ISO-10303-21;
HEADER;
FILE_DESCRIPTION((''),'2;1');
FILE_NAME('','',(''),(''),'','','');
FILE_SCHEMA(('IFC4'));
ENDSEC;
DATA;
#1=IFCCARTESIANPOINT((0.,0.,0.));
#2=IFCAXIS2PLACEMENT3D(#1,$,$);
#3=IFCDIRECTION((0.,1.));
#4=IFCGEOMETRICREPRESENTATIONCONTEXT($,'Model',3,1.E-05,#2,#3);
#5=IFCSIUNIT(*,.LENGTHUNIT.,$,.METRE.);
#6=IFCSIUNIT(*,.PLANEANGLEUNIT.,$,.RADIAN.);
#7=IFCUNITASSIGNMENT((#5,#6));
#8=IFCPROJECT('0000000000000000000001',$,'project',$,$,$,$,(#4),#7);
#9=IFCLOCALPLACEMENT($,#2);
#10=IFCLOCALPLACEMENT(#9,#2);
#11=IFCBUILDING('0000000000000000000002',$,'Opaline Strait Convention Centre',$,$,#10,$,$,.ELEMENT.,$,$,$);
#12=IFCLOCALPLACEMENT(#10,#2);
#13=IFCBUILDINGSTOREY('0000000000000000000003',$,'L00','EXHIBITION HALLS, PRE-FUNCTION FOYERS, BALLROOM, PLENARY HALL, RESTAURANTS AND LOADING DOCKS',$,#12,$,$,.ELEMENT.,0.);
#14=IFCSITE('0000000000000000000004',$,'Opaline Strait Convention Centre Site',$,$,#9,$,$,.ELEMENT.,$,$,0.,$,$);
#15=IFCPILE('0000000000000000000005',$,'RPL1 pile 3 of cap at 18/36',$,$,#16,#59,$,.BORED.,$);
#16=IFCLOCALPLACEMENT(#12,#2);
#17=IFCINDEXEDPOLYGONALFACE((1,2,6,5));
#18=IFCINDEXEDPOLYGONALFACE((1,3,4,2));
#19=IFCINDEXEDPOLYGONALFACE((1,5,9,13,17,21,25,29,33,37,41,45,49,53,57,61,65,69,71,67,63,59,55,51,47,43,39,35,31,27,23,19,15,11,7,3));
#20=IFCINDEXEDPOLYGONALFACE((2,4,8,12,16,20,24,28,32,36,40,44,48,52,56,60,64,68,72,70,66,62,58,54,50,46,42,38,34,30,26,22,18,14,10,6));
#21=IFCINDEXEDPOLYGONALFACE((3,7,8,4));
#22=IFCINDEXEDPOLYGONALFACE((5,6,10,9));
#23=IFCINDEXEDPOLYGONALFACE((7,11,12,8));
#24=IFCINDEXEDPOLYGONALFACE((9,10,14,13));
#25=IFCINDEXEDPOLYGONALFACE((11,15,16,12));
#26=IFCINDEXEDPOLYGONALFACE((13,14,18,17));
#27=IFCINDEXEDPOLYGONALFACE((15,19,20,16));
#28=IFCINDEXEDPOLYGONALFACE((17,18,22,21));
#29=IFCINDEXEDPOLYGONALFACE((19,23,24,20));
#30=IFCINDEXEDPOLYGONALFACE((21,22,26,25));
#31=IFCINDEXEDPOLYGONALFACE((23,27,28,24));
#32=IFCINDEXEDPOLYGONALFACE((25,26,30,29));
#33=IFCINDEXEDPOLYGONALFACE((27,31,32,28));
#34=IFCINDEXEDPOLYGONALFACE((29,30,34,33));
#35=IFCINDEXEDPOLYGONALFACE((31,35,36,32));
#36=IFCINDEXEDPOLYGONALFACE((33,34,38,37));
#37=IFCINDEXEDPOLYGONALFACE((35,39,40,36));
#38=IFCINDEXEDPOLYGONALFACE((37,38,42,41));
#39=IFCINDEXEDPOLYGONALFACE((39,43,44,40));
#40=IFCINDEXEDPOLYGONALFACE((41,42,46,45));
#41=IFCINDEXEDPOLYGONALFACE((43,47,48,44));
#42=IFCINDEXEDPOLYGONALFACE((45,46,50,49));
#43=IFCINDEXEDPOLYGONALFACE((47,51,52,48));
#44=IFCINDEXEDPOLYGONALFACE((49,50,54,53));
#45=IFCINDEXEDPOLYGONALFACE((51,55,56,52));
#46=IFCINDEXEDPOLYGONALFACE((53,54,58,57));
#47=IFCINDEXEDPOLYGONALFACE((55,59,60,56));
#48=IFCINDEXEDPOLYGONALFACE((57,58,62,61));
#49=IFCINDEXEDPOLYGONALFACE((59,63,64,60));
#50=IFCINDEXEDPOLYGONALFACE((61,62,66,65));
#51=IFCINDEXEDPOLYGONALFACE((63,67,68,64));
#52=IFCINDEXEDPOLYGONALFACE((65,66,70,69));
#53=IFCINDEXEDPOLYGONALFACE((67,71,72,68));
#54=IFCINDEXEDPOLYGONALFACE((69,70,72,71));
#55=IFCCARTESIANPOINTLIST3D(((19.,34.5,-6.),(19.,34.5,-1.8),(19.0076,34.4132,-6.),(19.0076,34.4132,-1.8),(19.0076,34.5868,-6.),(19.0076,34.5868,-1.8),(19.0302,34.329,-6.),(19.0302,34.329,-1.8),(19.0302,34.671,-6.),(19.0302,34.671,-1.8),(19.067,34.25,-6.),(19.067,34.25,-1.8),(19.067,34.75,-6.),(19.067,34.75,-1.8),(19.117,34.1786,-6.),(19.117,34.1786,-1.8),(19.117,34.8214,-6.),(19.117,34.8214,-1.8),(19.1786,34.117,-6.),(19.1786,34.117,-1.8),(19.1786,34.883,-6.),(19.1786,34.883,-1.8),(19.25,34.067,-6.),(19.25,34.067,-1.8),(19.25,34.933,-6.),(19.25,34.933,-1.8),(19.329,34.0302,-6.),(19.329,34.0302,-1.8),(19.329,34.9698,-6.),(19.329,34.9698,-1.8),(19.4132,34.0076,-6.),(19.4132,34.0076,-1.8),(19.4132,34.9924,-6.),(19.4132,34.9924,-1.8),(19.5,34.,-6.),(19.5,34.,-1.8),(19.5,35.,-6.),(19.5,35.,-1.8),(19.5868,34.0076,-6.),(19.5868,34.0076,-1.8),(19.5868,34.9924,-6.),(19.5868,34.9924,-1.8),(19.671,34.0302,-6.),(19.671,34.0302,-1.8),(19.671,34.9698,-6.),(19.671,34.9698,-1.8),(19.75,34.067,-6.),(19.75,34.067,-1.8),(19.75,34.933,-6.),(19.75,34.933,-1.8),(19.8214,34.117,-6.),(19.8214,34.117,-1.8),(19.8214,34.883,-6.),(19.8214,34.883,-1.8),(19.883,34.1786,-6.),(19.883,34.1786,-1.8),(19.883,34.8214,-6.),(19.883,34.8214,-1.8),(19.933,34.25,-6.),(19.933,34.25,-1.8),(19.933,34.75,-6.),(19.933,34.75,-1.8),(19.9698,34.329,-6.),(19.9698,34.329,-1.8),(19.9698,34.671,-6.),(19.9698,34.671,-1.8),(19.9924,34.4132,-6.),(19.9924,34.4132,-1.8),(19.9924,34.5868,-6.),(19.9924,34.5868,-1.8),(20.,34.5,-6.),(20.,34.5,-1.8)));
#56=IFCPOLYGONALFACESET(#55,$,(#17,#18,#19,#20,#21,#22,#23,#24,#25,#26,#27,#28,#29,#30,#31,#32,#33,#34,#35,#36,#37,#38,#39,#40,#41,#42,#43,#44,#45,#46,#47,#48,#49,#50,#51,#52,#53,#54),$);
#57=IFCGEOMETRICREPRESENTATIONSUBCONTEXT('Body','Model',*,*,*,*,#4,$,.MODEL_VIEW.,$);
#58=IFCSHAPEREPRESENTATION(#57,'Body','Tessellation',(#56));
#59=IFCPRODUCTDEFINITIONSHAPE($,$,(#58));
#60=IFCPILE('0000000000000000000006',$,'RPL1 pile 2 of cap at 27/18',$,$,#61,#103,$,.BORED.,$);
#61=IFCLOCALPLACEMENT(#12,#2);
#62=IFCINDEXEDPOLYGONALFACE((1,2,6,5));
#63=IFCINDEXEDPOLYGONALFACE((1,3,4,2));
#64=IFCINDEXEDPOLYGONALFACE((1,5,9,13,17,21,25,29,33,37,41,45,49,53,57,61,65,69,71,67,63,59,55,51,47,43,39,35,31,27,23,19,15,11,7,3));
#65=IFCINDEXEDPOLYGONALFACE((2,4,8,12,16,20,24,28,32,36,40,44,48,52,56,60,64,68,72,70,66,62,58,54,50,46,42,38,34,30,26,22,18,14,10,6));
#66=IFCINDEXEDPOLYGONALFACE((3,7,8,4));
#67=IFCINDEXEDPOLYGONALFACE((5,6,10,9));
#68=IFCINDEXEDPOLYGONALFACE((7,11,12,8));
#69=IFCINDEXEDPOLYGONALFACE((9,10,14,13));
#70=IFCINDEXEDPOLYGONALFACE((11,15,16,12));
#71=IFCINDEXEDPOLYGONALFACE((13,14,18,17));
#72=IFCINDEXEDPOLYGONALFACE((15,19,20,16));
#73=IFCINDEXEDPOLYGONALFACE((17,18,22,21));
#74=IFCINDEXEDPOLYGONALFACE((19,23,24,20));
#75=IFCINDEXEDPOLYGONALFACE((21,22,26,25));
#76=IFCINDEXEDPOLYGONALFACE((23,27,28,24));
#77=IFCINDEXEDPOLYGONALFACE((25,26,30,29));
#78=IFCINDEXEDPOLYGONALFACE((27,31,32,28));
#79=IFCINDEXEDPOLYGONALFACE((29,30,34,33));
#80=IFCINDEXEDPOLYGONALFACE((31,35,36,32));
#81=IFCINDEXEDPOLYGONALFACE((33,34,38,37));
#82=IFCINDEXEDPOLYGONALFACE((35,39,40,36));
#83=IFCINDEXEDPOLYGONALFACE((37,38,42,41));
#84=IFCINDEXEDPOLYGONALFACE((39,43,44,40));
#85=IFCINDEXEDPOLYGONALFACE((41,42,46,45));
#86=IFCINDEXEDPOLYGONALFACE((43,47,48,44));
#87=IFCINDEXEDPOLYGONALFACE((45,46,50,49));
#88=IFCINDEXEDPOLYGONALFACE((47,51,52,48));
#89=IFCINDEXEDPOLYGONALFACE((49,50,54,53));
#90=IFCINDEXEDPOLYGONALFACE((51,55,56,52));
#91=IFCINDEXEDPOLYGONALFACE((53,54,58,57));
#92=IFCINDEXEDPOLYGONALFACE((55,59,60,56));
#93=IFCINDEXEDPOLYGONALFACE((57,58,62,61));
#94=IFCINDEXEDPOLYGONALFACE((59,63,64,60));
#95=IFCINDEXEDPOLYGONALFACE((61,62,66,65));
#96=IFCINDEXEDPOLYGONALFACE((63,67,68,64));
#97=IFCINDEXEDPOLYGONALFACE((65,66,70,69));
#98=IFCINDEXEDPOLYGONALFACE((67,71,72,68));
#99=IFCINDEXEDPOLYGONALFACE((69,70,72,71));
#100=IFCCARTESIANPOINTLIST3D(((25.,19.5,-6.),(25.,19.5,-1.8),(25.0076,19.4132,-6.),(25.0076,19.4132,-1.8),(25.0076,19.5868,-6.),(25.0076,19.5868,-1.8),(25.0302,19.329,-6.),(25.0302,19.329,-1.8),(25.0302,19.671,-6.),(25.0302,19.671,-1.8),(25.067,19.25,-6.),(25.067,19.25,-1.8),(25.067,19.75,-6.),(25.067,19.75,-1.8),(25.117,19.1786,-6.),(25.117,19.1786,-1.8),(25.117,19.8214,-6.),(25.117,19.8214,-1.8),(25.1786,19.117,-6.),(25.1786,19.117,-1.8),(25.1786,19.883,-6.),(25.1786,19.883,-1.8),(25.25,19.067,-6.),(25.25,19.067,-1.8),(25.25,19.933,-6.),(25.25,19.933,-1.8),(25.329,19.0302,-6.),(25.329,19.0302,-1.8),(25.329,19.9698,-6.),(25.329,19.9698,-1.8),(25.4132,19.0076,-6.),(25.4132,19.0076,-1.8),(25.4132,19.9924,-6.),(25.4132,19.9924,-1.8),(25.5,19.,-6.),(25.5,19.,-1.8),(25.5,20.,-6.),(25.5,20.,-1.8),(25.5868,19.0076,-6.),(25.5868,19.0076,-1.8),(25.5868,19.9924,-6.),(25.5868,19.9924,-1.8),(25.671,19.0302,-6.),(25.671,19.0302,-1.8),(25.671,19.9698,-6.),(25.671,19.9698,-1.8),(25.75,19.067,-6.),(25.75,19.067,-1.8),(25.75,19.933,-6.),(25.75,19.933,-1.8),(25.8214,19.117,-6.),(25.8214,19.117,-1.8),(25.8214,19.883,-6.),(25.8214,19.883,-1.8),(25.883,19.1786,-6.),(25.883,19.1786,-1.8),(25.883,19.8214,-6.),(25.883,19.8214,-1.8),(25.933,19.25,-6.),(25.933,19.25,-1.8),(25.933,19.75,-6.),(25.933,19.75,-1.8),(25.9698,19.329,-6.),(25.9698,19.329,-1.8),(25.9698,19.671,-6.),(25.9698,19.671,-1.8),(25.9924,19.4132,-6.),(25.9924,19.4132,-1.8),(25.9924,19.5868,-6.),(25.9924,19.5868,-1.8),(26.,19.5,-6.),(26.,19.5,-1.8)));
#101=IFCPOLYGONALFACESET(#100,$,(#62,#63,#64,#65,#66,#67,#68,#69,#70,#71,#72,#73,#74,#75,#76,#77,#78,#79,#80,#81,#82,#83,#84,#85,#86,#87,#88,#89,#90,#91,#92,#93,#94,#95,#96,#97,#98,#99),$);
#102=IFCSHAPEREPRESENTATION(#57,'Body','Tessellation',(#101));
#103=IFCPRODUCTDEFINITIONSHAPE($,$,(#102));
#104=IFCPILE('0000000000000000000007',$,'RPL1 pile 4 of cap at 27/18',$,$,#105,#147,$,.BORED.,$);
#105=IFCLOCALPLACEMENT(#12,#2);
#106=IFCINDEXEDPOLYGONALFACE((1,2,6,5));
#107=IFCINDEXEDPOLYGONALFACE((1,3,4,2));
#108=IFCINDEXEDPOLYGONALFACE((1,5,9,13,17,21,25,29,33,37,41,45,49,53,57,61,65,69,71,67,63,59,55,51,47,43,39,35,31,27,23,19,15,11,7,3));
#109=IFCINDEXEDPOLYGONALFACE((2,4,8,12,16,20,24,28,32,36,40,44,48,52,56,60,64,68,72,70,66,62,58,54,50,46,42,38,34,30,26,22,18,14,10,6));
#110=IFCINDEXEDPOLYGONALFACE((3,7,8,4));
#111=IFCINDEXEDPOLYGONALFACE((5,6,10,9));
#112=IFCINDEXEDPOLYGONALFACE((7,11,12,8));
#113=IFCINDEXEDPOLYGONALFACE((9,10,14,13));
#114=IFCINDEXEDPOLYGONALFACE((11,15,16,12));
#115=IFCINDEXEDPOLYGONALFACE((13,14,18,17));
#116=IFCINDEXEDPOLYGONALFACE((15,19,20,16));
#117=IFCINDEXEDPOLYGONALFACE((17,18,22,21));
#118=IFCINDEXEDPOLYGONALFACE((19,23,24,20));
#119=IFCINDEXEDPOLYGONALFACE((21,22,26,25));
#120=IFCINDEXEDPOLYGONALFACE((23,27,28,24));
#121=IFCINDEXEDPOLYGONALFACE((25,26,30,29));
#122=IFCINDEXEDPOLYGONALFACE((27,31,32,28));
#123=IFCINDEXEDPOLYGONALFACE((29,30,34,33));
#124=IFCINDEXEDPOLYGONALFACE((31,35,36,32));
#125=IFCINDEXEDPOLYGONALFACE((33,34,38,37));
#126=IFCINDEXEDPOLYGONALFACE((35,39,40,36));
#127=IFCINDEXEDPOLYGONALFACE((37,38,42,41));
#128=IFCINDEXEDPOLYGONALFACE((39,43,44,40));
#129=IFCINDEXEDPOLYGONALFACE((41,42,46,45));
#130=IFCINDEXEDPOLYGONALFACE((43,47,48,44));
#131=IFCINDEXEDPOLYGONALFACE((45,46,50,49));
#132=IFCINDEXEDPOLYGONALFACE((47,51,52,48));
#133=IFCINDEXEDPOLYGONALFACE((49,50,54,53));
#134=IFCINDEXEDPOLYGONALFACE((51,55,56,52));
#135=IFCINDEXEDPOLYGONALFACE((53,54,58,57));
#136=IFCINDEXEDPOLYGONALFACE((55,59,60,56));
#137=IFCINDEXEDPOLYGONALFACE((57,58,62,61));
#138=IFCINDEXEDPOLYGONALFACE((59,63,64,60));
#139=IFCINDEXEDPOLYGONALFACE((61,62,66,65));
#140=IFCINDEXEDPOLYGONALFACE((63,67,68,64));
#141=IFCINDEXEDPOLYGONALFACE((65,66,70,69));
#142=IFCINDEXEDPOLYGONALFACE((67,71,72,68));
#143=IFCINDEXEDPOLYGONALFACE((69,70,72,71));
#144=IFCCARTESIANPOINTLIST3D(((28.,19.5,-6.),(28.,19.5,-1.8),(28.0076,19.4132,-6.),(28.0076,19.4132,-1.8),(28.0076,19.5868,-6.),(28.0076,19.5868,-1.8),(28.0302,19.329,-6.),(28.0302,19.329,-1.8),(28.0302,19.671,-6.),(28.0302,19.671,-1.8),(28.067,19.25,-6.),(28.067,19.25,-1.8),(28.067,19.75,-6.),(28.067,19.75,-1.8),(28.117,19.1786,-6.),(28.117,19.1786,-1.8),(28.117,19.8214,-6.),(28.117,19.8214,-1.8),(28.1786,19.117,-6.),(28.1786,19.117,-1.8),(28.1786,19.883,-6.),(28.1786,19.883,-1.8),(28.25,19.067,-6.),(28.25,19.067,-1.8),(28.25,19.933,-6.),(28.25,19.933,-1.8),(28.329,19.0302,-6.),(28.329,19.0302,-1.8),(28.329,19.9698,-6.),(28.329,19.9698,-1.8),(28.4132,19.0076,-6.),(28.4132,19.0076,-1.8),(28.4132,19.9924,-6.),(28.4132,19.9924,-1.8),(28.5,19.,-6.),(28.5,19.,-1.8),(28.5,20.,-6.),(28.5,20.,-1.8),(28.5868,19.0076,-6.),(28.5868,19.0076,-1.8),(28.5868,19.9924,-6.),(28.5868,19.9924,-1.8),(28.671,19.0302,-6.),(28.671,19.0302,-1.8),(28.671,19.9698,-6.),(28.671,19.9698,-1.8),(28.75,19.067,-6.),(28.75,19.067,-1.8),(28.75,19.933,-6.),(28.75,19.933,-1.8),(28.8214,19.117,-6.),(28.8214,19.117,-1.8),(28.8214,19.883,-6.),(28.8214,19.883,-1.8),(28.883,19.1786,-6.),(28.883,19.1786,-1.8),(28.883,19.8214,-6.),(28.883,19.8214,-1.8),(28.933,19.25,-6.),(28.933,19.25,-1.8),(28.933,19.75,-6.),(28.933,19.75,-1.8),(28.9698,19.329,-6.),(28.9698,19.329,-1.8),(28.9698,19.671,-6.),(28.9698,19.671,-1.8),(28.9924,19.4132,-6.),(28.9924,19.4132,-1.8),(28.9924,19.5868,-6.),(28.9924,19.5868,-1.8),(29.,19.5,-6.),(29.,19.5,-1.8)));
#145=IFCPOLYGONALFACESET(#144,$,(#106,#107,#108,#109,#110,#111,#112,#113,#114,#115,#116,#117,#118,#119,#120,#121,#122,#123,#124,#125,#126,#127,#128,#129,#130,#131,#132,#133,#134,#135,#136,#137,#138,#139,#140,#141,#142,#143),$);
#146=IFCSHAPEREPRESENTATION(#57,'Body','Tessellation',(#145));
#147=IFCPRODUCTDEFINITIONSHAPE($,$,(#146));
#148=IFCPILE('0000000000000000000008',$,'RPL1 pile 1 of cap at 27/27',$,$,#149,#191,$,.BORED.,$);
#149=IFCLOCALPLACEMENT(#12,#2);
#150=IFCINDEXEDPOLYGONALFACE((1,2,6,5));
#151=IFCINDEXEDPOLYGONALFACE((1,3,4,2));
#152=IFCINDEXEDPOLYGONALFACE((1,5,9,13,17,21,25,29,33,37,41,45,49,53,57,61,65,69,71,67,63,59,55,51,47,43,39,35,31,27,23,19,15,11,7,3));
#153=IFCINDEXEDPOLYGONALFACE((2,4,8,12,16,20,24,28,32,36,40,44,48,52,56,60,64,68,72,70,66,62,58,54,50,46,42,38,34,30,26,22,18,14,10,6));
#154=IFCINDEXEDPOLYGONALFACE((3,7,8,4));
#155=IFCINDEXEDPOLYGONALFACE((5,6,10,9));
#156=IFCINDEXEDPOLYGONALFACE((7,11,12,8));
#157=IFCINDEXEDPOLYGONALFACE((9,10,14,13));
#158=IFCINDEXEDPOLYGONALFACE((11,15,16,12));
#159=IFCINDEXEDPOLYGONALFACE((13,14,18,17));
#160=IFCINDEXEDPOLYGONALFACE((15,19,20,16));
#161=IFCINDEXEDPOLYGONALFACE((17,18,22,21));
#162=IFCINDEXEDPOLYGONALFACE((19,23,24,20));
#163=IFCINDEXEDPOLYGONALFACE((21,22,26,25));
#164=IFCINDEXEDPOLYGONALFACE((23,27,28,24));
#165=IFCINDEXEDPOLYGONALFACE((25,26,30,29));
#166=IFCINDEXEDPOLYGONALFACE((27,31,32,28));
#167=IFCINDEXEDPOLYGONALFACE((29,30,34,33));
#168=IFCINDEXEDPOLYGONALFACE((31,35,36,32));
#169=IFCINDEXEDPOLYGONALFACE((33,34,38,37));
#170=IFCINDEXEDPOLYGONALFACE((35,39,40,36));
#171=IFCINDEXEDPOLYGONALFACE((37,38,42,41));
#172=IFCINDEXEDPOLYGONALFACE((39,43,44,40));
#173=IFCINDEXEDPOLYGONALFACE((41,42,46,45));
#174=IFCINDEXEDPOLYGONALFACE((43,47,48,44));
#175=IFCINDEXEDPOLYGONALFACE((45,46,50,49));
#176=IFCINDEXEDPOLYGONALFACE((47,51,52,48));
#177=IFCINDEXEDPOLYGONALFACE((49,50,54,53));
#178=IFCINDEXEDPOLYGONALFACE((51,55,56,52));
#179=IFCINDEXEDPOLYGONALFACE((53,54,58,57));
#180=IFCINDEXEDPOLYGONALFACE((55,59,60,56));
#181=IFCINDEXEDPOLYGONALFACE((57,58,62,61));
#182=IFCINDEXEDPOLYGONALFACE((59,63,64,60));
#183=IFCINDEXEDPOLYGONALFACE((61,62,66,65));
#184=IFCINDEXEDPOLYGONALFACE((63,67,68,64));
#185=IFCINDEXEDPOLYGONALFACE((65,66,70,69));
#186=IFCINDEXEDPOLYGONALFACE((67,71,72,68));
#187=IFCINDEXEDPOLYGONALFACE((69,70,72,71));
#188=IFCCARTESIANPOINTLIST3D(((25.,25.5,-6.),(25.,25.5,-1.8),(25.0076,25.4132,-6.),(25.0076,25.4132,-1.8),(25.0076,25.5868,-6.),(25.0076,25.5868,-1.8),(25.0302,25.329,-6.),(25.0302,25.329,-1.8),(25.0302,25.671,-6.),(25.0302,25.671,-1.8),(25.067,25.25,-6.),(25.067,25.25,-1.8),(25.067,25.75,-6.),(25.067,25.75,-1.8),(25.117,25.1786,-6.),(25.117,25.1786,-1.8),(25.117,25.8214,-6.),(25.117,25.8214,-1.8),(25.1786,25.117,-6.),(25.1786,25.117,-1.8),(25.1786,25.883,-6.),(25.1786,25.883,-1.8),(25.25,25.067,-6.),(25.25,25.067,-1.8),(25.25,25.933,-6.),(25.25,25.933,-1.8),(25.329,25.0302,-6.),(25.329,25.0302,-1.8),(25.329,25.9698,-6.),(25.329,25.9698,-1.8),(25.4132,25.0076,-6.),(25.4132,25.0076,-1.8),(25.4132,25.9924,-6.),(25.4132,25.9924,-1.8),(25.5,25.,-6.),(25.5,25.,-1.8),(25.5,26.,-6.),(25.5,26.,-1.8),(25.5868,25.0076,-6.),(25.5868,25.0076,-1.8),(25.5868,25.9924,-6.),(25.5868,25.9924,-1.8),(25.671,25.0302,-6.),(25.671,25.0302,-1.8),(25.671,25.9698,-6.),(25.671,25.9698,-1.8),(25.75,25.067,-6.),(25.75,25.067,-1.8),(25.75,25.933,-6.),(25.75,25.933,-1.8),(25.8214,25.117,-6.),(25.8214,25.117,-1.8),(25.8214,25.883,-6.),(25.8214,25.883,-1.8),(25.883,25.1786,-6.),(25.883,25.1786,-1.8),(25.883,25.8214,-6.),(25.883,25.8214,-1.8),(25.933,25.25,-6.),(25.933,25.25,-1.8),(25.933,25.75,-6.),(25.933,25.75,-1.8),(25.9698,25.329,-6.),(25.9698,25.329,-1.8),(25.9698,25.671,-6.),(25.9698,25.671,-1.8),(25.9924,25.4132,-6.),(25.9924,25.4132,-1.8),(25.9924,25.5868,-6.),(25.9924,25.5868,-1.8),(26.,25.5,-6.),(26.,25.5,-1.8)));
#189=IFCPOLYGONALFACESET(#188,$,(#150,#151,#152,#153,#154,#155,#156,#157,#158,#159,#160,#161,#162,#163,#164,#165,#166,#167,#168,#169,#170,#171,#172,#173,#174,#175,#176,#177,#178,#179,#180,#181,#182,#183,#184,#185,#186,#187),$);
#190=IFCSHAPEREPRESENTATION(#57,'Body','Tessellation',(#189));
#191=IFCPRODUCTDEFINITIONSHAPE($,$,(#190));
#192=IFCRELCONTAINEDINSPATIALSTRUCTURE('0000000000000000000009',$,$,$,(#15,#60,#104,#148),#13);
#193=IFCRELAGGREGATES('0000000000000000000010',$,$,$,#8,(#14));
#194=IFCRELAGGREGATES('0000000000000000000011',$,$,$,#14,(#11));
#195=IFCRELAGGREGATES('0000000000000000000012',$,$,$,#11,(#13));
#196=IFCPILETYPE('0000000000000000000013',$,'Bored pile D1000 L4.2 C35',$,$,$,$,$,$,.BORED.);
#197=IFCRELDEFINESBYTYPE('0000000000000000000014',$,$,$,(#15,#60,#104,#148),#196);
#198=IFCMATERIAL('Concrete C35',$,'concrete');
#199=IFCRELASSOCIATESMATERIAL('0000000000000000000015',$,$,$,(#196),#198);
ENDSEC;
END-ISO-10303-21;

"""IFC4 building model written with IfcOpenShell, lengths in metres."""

from ifc_helpers import new_model, si_unit, direction, frame, origin, origin_2d, place, context, subcontext, project, spatial, circle, extrude, material, material_profile, profile_set, type_object, element, save


model = new_model("IFC4")

# Units and contexts
model_context = context("Model", 3, precision=1e-05, world=origin(), true_north=direction((0.0, 1.0)))
body_context = subcontext(model_context, "Body", "Model", "MODEL_VIEW")
ifc_project = project(units=[si_unit("LENGTHUNIT", "METRE"), si_unit("PLANEANGLEUNIT", "RADIAN")], contexts=[model_context])

# Site, building, storey
site_placement = place(None, origin())
site = spatial("IfcSite", under=ifc_project, at=site_placement, Name="Opaline Strait Convention Centre Site", CompositionType="ELEMENT", RefElevation=0.0)
building_placement = place(site_placement, origin())
building = spatial("IfcBuilding", under=site, at=building_placement, Name="Opaline Strait Convention Centre", CompositionType="ELEMENT")
storey_placement = place(building_placement, origin())
storey = spatial("IfcBuildingStorey", under=building, at=storey_placement, Name="L00", Description="EXHIBITION HALLS, PRE-FUNCTION FOYERS, BALLROOM, PLENARY HALL, RESTAURANTS AND LOADING DOCKS", CompositionType="ELEMENT", Elevation=0.0)

# Piles
ifc_material_1 = material(Name="Concrete C35", Category="concrete")
ifc_material_profile_1 = material_profile(ifc_material_1, circle(Radius=0.5, at=origin_2d()), Name="D1000")
ifc_profile_set_1 = profile_set([ifc_material_profile_1], Name="Concrete C35")
pile_type = type_object("IfcPileType", Name="Bored pile D1000 L4.2 C35", PredefinedType="BORED", material=ifc_profile_set_1)
for number, where, z_axis, x_axis, name in (
    (1, (19.5, 34.5, -1.8), (0.0, 0.0, -1.0), (1.0, 0.0, 0.0), "RPL1 pile 3 of cap at 18/36"),
    (2, (25.5, 19.5, -1.8), (0.0, 0.0, -1.0), (1.0, 0.0, 0.0), "RPL1 pile 2 of cap at 27/18"),
    (3, (28.5, 19.5, -1.8), (0.0, 0.0, -1.0), (1.0, 0.0, 0.0), "RPL1 pile 4 of cap at 27/18"),
    (4, (25.5, 25.5, -1.8), (0.0, 0.0, -1.0), (1.0, 0.0, 0.0), "RPL1 pile 1 of cap at 27/27"),
):
    element("IfcPile", number, at=place(storey_placement, frame(where, z_axis=z_axis, x_axis=x_axis)), inside=storey, type_object=pile_type, Name=name, PredefinedType="BORED", context=body_context, shape_type="SweptSolid", body=[
        extrude(circle(Radius=0.5, at=origin_2d()), origin(), (0.0, 0.0, 1.0), 4.2),
    ])

save(model, "model.ifc")
